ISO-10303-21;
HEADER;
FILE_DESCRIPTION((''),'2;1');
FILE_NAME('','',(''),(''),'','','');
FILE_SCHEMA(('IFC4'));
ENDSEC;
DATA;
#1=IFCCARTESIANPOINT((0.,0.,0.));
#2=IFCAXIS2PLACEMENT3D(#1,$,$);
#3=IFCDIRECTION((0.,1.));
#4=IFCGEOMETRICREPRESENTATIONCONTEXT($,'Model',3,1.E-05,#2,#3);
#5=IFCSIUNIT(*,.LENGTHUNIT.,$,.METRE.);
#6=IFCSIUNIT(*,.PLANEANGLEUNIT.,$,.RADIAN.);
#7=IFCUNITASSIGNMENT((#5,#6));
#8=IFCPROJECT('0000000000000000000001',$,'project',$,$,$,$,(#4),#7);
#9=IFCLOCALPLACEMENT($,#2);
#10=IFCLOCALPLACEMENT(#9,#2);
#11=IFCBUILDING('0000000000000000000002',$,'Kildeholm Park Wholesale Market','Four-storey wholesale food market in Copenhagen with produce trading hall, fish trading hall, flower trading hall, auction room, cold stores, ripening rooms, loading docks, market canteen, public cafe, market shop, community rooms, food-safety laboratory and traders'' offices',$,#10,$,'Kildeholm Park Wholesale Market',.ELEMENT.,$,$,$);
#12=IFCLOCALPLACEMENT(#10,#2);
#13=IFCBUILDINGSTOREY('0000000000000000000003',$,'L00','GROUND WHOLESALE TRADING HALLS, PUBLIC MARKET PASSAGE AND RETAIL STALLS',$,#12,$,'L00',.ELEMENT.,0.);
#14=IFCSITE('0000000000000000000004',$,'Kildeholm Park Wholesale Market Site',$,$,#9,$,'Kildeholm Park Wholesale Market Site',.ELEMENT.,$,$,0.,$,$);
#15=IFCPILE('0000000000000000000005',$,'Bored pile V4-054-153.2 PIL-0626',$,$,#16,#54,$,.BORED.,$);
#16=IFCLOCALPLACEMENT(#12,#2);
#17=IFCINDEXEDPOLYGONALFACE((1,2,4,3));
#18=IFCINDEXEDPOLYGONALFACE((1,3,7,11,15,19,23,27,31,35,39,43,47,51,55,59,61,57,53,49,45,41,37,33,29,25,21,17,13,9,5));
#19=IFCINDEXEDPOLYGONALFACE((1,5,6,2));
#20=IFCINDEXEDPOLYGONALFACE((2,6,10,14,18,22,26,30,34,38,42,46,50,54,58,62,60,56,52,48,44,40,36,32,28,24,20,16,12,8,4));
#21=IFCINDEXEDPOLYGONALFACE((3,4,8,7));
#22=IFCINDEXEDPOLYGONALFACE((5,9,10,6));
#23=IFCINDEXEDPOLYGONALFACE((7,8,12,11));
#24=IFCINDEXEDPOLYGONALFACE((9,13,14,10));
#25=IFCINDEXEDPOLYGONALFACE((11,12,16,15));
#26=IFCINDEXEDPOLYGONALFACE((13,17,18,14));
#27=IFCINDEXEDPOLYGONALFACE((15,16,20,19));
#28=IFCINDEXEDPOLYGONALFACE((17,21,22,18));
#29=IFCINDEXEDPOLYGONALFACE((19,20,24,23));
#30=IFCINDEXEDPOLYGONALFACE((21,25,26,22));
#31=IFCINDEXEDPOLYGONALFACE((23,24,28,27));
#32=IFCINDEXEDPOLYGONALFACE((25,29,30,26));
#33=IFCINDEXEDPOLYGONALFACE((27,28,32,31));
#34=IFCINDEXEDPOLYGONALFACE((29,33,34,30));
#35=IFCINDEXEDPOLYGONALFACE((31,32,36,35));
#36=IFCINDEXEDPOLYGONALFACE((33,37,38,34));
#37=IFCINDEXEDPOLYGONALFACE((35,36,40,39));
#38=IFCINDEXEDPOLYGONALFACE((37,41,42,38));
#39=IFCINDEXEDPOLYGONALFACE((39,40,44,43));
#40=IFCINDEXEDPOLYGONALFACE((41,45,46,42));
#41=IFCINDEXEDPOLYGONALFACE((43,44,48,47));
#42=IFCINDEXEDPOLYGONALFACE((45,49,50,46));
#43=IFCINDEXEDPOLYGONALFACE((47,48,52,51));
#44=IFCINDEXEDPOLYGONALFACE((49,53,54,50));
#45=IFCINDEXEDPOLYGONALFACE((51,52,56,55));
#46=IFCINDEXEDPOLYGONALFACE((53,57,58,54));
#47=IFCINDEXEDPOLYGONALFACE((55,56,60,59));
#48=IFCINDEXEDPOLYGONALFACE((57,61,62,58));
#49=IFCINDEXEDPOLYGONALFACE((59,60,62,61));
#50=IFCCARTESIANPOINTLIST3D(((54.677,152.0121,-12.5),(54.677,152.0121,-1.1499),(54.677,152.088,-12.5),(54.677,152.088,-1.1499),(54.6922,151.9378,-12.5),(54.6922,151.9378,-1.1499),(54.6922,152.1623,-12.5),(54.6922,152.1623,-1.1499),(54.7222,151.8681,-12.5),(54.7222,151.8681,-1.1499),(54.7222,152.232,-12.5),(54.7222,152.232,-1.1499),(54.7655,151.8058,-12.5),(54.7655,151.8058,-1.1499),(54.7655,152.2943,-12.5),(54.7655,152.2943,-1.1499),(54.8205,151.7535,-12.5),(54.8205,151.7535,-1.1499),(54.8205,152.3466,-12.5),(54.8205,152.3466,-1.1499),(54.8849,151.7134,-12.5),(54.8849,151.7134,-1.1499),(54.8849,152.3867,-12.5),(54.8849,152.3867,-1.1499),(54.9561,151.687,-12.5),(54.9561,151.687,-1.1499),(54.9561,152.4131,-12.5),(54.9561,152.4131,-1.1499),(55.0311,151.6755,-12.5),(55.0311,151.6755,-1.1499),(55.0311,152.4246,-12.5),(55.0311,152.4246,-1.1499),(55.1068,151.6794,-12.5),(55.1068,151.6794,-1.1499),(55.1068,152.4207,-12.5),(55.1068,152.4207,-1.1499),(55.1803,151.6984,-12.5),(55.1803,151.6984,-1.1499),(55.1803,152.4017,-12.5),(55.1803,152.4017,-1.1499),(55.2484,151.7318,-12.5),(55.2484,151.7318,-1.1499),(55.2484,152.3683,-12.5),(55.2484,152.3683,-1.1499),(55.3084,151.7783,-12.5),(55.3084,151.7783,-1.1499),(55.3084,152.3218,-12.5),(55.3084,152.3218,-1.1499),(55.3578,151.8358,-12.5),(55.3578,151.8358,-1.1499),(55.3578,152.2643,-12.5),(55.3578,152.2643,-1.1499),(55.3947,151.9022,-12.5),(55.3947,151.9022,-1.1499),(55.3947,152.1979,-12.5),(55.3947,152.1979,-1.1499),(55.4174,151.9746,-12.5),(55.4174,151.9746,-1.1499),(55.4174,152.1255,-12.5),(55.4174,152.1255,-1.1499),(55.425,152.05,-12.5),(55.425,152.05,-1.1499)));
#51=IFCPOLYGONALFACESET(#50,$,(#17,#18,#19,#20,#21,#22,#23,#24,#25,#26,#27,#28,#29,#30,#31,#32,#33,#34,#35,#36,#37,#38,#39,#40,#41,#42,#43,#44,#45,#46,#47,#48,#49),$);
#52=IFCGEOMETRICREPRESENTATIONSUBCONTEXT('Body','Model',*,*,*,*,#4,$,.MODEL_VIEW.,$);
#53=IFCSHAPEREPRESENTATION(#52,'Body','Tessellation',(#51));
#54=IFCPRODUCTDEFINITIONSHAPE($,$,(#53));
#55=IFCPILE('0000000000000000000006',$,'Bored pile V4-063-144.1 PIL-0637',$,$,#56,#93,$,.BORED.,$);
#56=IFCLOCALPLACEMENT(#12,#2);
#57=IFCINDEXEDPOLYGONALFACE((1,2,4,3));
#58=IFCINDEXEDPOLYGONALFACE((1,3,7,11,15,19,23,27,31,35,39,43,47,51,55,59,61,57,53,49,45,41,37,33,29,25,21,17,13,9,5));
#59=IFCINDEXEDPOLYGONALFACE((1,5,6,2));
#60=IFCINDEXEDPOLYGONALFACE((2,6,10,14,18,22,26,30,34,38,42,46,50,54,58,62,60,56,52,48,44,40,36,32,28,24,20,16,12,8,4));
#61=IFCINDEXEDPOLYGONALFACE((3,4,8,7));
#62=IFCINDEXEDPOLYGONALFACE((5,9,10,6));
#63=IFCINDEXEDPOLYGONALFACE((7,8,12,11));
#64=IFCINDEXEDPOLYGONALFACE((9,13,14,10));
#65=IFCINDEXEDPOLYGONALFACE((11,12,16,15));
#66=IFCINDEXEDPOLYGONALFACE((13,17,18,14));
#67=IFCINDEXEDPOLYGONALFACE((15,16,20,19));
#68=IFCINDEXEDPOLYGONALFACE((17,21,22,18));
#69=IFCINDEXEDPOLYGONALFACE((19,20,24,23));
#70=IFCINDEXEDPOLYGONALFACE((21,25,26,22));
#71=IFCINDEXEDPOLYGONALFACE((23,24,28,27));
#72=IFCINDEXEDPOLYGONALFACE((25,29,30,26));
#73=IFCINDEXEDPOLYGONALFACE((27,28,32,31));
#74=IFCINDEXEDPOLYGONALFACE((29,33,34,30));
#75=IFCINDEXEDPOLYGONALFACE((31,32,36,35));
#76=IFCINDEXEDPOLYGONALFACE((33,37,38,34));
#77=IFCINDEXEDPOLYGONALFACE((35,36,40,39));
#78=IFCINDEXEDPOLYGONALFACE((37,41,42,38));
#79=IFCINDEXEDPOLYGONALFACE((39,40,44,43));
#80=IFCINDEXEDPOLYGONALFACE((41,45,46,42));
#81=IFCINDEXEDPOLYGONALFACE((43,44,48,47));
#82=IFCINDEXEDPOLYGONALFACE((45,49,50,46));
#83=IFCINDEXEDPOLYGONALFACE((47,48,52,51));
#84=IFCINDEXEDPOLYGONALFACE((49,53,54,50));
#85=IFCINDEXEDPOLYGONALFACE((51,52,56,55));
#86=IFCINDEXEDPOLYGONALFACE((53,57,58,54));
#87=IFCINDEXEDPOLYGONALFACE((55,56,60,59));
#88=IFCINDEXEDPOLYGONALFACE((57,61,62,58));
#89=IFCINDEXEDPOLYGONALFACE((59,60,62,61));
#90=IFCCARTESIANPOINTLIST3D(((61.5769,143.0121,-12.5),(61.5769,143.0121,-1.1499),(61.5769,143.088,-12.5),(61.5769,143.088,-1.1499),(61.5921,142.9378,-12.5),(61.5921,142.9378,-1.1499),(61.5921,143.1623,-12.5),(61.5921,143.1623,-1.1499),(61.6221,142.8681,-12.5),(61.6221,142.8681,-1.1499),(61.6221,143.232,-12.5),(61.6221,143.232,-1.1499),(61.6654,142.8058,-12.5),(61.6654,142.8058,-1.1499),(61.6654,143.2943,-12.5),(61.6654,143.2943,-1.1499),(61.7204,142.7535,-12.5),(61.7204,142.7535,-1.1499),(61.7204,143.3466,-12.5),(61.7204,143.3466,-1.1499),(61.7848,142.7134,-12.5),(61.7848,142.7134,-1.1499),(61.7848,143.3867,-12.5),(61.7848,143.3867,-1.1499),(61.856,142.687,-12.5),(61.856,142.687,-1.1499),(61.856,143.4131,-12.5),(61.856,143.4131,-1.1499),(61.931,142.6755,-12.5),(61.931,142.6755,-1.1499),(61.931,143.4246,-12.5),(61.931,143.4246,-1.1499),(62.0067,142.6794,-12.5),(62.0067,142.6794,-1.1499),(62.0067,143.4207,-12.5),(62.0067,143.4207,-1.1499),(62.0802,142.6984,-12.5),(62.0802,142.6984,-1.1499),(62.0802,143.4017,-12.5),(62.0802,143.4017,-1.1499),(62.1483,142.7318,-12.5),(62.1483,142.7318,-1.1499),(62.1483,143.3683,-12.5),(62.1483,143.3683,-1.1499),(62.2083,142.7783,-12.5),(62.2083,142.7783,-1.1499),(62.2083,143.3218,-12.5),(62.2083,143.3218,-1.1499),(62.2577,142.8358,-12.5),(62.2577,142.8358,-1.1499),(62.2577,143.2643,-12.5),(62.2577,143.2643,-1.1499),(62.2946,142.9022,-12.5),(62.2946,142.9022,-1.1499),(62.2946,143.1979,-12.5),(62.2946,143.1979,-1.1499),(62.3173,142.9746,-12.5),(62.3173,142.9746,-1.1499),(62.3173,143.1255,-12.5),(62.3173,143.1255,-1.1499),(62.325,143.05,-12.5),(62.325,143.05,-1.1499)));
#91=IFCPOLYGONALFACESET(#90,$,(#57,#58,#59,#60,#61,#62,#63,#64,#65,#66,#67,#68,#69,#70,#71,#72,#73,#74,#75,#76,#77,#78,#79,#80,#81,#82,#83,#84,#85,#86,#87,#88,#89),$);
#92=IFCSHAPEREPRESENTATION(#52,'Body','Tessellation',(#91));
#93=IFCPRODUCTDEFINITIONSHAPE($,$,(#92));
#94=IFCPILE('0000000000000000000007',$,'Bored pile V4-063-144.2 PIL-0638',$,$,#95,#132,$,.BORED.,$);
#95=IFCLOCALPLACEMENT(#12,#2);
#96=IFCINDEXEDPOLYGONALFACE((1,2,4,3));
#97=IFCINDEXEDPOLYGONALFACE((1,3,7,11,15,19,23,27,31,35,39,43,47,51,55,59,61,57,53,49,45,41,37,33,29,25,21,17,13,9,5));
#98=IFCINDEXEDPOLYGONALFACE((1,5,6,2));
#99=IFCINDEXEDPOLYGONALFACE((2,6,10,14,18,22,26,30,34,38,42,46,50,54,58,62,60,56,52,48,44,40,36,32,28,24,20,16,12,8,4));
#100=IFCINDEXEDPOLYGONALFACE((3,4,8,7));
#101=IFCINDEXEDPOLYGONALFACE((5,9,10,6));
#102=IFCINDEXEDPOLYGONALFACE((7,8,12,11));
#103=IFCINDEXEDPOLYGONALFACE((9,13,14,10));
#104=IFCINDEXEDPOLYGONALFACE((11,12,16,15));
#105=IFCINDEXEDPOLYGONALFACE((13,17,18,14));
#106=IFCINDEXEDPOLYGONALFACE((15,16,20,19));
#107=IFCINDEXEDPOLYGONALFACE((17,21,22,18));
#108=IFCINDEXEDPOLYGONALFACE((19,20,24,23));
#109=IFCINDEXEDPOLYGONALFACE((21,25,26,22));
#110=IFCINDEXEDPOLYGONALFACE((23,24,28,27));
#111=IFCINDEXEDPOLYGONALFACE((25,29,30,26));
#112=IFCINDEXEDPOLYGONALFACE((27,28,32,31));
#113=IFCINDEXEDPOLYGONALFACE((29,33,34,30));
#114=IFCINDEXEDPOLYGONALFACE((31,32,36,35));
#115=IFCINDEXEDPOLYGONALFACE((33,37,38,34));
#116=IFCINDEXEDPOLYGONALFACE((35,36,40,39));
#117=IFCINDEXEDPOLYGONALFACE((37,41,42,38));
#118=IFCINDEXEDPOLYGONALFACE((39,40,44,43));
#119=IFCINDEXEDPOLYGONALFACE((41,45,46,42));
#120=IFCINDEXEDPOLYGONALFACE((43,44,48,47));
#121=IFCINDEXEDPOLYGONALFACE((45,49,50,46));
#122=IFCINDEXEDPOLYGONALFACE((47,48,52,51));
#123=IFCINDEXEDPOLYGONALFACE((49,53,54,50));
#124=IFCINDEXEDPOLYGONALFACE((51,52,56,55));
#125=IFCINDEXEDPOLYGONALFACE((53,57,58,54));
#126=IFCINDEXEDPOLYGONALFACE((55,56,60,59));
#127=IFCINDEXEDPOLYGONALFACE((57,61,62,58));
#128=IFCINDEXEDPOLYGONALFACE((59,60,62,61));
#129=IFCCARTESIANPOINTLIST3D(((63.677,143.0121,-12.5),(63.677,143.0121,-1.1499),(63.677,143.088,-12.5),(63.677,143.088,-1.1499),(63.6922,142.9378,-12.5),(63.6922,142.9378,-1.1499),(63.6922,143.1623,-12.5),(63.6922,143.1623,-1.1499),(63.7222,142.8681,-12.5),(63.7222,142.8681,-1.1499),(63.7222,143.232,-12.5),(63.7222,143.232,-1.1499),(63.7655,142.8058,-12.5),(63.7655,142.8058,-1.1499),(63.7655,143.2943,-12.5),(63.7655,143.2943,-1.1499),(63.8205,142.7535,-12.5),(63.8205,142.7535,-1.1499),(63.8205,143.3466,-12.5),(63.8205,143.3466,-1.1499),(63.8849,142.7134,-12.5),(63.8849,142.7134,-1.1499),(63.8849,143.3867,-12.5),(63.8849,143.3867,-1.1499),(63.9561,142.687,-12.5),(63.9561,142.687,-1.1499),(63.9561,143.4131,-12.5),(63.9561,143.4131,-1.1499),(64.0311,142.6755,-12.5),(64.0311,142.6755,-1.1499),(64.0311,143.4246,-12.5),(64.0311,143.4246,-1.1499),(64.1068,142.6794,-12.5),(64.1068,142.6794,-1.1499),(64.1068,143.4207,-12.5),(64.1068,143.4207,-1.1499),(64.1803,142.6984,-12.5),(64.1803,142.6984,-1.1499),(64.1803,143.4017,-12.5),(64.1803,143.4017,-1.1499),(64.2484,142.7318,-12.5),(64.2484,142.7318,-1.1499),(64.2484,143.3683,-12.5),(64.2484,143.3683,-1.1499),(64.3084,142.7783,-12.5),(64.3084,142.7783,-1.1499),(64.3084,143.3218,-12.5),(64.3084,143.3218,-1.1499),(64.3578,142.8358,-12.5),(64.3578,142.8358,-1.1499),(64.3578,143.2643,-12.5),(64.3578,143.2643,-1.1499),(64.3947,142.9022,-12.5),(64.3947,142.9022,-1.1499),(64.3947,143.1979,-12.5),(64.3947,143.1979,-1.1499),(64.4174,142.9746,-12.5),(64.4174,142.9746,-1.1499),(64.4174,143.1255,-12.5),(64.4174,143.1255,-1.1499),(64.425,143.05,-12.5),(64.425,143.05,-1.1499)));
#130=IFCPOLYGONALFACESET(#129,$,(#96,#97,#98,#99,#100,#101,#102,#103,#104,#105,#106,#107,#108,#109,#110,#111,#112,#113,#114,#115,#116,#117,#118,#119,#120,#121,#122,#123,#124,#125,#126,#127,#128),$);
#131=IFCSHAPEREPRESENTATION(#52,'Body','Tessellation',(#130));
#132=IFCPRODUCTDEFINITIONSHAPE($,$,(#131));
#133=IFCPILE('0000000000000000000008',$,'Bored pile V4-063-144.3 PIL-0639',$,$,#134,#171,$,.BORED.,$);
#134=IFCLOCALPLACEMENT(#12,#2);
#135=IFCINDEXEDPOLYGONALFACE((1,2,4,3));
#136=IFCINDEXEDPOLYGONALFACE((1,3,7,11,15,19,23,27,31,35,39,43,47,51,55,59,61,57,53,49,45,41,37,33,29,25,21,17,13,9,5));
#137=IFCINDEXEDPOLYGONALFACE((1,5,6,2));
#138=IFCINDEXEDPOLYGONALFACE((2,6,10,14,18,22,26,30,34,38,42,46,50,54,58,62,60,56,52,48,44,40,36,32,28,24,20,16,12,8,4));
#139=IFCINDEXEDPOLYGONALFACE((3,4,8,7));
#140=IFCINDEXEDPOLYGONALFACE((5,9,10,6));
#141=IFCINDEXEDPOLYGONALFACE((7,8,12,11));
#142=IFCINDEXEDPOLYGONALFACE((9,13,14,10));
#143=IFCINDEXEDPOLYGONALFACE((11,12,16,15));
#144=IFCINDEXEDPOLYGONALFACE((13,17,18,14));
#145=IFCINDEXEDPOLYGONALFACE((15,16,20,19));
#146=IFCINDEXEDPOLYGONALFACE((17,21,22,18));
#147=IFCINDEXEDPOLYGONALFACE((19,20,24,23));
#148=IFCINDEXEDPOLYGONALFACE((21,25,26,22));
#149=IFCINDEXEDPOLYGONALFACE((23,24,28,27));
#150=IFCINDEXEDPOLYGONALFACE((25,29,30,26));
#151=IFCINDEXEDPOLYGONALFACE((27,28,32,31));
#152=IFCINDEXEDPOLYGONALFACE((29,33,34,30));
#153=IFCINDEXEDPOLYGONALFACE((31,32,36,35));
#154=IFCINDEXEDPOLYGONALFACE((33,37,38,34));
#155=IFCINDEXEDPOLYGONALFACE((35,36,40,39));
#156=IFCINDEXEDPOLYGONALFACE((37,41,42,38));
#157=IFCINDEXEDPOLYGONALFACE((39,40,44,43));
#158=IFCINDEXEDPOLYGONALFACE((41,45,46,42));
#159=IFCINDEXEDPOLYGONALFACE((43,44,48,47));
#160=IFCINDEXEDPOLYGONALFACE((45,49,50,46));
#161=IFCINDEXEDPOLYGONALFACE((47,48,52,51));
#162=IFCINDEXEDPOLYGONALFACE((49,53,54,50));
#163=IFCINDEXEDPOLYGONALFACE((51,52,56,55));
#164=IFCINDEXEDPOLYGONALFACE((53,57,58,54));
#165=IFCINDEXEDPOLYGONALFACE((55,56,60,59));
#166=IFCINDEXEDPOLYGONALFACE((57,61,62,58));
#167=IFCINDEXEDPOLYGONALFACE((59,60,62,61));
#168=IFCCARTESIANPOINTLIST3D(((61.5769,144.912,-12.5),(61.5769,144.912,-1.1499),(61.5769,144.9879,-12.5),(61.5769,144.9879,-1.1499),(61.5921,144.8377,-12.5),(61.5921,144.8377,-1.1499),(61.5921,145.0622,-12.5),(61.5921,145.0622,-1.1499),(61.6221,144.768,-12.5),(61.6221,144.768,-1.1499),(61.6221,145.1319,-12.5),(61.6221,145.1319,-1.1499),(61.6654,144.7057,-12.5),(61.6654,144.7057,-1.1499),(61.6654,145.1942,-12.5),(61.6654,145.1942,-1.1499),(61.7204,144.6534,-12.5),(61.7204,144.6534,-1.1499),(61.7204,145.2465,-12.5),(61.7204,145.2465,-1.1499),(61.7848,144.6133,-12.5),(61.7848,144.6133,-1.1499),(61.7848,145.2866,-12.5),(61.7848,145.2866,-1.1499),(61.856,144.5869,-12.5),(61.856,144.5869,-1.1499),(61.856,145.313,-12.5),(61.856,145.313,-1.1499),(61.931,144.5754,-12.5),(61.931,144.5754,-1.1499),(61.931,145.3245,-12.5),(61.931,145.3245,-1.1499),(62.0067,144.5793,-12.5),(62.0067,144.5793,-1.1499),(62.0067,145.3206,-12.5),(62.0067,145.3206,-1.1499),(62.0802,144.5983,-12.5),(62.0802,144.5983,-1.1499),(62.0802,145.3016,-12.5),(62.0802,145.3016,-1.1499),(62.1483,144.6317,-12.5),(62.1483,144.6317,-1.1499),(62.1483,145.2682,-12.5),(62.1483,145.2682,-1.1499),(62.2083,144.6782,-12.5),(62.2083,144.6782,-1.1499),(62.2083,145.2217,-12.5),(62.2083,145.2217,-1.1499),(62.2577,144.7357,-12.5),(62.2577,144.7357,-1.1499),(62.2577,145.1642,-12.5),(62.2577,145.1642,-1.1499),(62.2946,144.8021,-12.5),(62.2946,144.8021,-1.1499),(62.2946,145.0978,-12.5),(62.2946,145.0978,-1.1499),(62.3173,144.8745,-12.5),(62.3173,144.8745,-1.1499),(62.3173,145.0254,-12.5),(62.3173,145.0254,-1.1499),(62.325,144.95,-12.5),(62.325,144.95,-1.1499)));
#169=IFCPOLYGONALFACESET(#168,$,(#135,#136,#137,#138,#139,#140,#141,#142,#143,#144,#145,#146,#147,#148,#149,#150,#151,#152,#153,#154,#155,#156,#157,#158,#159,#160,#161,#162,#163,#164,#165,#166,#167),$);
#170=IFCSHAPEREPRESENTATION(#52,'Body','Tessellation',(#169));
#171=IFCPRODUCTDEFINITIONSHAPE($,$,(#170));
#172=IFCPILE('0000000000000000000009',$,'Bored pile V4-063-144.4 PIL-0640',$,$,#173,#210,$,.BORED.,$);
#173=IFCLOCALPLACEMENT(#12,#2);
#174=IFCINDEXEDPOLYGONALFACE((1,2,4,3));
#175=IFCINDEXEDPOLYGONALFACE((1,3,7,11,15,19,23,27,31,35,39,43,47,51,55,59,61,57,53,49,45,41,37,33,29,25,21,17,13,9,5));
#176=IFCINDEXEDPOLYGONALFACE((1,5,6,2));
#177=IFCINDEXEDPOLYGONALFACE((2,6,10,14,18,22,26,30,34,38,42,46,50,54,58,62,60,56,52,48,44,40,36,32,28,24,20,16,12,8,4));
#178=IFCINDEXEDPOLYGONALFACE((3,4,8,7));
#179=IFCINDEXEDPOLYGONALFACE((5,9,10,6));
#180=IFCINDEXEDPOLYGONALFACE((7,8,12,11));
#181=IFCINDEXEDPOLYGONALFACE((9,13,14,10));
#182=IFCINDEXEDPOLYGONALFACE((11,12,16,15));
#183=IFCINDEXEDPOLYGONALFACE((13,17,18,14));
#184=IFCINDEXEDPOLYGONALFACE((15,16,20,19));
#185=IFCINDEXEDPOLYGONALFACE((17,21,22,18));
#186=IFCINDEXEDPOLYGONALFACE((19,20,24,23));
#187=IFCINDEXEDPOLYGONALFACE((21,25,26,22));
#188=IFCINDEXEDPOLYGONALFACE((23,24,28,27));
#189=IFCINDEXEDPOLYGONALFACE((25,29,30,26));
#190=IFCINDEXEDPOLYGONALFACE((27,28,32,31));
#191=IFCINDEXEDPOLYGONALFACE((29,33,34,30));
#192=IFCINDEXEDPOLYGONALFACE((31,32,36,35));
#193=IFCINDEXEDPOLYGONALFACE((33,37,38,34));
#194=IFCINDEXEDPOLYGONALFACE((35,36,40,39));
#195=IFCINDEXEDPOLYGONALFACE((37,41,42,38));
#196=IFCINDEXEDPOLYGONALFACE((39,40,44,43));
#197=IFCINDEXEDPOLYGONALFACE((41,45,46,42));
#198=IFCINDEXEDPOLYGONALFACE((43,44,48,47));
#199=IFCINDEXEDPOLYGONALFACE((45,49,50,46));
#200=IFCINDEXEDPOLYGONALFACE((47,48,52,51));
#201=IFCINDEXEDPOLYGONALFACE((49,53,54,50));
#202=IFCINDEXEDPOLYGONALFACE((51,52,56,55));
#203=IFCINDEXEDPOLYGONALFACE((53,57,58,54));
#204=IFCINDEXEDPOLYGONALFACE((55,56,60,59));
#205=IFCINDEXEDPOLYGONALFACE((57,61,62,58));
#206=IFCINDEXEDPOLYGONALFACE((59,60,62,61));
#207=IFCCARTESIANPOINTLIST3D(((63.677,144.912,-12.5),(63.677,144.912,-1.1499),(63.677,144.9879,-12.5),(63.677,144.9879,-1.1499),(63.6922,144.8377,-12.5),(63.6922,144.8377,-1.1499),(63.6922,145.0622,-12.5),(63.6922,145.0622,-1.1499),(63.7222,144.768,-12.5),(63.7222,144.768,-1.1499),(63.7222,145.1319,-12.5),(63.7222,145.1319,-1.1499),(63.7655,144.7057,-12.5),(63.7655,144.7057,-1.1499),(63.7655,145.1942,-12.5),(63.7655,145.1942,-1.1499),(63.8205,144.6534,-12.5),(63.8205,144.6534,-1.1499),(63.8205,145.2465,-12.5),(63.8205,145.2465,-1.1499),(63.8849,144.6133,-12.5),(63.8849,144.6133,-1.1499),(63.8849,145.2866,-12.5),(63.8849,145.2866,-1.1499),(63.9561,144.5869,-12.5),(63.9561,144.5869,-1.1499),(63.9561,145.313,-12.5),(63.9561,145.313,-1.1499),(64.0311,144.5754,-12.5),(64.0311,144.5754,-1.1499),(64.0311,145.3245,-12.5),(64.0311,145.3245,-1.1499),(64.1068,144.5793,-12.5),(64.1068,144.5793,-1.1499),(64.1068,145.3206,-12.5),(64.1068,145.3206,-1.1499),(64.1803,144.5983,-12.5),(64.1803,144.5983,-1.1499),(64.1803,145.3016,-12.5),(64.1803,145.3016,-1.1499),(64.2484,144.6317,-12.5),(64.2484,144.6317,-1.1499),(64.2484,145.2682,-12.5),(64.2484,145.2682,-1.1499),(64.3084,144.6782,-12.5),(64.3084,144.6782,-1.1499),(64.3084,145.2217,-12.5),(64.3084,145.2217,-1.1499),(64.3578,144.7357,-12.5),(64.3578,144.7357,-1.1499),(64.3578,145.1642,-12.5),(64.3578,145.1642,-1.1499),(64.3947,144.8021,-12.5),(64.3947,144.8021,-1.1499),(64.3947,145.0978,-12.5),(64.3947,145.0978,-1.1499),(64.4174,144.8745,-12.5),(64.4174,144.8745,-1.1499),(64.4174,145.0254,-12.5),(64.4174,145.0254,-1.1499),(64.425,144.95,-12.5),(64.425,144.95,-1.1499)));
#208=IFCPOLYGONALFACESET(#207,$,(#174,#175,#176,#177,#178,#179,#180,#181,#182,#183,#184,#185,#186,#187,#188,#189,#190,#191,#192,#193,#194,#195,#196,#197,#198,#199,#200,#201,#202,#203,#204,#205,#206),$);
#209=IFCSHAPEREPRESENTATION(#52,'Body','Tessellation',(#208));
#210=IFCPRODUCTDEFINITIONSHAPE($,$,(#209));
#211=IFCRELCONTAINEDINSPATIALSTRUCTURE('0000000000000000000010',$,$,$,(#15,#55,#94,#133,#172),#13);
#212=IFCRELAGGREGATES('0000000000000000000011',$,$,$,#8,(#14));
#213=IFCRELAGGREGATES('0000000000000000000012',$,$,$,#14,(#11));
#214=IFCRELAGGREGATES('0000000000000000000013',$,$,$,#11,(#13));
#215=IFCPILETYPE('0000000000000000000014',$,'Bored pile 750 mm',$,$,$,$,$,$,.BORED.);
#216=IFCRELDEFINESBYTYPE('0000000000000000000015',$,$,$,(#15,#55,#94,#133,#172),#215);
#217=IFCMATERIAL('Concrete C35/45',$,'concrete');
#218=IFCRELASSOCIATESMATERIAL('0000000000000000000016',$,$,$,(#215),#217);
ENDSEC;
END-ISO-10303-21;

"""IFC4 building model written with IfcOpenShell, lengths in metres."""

from ifc_helpers import new_model, si_unit, direction, frame, origin, origin_2d, place, context, subcontext, project, spatial, circle, extrude, material, material_profile, profile_set, type_object, element, save


model = new_model("IFC4")

# Units and contexts
model_context = context("Model", 3, precision=1e-05, world=origin(), true_north=direction((0.0, 1.0)))
body_context = subcontext(model_context, "Body", "Model", "MODEL_VIEW")
ifc_project = project(units=[si_unit("LENGTHUNIT", "METRE"), si_unit("PLANEANGLEUNIT", "RADIAN")], contexts=[model_context])

# Site, building, storey
site_placement = place(None, origin())
site = spatial("IfcSite", under=ifc_project, at=site_placement, Name="Kildeholm Park Wholesale Market Site", LongName="Kildeholm Park Wholesale Market Site", CompositionType="ELEMENT", RefElevation=0.0)
building_placement = place(site_placement, origin())
building = spatial("IfcBuilding", under=site, at=building_placement, Name="Kildeholm Park Wholesale Market", Description="Four-storey wholesale food market in Copenhagen with produce trading hall, fish trading hall, flower trading hall, auction room, cold stores, ripening rooms, loading docks, market canteen, public cafe, market shop, community rooms, food-safety laboratory and traders' offices", LongName="Kildeholm Park Wholesale Market", CompositionType="ELEMENT")
storey_placement = place(building_placement, origin())
storey = spatial("IfcBuildingStorey", under=building, at=storey_placement, Name="L00", Description="GROUND WHOLESALE TRADING HALLS, PUBLIC MARKET PASSAGE AND RETAIL STALLS", LongName="L00", CompositionType="ELEMENT", Elevation=0.0)

# Piles
ifc_material_1 = material(Name="Concrete C35/45", Category="concrete")
ifc_material_profile_1 = material_profile(ifc_material_1, circle(Radius=0.375, at=origin_2d()), Name="PILE D750")
ifc_profile_set_1 = profile_set([ifc_material_profile_1], Name="Concrete C35/45")
pile_type_1 = type_object("IfcPileType", Name="Bored pile 750 mm", PredefinedType="BORED", material=ifc_profile_set_1)
for number, where, z_axis, x_axis, name in (
    (1, (55.05, 152.05, -1.1499), (0.0, 0.0, -1.0), (1.0, 0.0, 0.0), "Bored pile V4-054-153.2 PIL-0626"),
    (2, (61.95, 143.05, -1.1499), (0.0, 0.0, -1.0), (1.0, 0.0, 0.0), "Bored pile V4-063-144.1 PIL-0637"),
    (3, (64.05, 143.05, -1.1499), (0.0, 0.0, -1.0), (1.0, 0.0, 0.0), "Bored pile V4-063-144.2 PIL-0638"),
    (4, (61.95, 144.95, -1.1499), (0.0, 0.0, -1.0), (1.0, 0.0, 0.0), "Bored pile V4-063-144.3 PIL-0639"),
    (5, (64.05, 144.95, -1.1499), (0.0, 0.0, -1.0), (1.0, 0.0, 0.0), "Bored pile V4-063-144.4 PIL-0640"),
):
    element("IfcPile", number, at=place(storey_placement, frame(where, z_axis=z_axis, x_axis=x_axis)), inside=storey, type_object=pile_type_1, Name=name, PredefinedType="BORED", context=body_context, shape_type="SweptSolid", body=[
        extrude(circle(Radius=0.375, at=origin_2d()), origin(), (0.0, 0.0, 1.0), 11.3501),
    ])

save(model, "model.ifc")
